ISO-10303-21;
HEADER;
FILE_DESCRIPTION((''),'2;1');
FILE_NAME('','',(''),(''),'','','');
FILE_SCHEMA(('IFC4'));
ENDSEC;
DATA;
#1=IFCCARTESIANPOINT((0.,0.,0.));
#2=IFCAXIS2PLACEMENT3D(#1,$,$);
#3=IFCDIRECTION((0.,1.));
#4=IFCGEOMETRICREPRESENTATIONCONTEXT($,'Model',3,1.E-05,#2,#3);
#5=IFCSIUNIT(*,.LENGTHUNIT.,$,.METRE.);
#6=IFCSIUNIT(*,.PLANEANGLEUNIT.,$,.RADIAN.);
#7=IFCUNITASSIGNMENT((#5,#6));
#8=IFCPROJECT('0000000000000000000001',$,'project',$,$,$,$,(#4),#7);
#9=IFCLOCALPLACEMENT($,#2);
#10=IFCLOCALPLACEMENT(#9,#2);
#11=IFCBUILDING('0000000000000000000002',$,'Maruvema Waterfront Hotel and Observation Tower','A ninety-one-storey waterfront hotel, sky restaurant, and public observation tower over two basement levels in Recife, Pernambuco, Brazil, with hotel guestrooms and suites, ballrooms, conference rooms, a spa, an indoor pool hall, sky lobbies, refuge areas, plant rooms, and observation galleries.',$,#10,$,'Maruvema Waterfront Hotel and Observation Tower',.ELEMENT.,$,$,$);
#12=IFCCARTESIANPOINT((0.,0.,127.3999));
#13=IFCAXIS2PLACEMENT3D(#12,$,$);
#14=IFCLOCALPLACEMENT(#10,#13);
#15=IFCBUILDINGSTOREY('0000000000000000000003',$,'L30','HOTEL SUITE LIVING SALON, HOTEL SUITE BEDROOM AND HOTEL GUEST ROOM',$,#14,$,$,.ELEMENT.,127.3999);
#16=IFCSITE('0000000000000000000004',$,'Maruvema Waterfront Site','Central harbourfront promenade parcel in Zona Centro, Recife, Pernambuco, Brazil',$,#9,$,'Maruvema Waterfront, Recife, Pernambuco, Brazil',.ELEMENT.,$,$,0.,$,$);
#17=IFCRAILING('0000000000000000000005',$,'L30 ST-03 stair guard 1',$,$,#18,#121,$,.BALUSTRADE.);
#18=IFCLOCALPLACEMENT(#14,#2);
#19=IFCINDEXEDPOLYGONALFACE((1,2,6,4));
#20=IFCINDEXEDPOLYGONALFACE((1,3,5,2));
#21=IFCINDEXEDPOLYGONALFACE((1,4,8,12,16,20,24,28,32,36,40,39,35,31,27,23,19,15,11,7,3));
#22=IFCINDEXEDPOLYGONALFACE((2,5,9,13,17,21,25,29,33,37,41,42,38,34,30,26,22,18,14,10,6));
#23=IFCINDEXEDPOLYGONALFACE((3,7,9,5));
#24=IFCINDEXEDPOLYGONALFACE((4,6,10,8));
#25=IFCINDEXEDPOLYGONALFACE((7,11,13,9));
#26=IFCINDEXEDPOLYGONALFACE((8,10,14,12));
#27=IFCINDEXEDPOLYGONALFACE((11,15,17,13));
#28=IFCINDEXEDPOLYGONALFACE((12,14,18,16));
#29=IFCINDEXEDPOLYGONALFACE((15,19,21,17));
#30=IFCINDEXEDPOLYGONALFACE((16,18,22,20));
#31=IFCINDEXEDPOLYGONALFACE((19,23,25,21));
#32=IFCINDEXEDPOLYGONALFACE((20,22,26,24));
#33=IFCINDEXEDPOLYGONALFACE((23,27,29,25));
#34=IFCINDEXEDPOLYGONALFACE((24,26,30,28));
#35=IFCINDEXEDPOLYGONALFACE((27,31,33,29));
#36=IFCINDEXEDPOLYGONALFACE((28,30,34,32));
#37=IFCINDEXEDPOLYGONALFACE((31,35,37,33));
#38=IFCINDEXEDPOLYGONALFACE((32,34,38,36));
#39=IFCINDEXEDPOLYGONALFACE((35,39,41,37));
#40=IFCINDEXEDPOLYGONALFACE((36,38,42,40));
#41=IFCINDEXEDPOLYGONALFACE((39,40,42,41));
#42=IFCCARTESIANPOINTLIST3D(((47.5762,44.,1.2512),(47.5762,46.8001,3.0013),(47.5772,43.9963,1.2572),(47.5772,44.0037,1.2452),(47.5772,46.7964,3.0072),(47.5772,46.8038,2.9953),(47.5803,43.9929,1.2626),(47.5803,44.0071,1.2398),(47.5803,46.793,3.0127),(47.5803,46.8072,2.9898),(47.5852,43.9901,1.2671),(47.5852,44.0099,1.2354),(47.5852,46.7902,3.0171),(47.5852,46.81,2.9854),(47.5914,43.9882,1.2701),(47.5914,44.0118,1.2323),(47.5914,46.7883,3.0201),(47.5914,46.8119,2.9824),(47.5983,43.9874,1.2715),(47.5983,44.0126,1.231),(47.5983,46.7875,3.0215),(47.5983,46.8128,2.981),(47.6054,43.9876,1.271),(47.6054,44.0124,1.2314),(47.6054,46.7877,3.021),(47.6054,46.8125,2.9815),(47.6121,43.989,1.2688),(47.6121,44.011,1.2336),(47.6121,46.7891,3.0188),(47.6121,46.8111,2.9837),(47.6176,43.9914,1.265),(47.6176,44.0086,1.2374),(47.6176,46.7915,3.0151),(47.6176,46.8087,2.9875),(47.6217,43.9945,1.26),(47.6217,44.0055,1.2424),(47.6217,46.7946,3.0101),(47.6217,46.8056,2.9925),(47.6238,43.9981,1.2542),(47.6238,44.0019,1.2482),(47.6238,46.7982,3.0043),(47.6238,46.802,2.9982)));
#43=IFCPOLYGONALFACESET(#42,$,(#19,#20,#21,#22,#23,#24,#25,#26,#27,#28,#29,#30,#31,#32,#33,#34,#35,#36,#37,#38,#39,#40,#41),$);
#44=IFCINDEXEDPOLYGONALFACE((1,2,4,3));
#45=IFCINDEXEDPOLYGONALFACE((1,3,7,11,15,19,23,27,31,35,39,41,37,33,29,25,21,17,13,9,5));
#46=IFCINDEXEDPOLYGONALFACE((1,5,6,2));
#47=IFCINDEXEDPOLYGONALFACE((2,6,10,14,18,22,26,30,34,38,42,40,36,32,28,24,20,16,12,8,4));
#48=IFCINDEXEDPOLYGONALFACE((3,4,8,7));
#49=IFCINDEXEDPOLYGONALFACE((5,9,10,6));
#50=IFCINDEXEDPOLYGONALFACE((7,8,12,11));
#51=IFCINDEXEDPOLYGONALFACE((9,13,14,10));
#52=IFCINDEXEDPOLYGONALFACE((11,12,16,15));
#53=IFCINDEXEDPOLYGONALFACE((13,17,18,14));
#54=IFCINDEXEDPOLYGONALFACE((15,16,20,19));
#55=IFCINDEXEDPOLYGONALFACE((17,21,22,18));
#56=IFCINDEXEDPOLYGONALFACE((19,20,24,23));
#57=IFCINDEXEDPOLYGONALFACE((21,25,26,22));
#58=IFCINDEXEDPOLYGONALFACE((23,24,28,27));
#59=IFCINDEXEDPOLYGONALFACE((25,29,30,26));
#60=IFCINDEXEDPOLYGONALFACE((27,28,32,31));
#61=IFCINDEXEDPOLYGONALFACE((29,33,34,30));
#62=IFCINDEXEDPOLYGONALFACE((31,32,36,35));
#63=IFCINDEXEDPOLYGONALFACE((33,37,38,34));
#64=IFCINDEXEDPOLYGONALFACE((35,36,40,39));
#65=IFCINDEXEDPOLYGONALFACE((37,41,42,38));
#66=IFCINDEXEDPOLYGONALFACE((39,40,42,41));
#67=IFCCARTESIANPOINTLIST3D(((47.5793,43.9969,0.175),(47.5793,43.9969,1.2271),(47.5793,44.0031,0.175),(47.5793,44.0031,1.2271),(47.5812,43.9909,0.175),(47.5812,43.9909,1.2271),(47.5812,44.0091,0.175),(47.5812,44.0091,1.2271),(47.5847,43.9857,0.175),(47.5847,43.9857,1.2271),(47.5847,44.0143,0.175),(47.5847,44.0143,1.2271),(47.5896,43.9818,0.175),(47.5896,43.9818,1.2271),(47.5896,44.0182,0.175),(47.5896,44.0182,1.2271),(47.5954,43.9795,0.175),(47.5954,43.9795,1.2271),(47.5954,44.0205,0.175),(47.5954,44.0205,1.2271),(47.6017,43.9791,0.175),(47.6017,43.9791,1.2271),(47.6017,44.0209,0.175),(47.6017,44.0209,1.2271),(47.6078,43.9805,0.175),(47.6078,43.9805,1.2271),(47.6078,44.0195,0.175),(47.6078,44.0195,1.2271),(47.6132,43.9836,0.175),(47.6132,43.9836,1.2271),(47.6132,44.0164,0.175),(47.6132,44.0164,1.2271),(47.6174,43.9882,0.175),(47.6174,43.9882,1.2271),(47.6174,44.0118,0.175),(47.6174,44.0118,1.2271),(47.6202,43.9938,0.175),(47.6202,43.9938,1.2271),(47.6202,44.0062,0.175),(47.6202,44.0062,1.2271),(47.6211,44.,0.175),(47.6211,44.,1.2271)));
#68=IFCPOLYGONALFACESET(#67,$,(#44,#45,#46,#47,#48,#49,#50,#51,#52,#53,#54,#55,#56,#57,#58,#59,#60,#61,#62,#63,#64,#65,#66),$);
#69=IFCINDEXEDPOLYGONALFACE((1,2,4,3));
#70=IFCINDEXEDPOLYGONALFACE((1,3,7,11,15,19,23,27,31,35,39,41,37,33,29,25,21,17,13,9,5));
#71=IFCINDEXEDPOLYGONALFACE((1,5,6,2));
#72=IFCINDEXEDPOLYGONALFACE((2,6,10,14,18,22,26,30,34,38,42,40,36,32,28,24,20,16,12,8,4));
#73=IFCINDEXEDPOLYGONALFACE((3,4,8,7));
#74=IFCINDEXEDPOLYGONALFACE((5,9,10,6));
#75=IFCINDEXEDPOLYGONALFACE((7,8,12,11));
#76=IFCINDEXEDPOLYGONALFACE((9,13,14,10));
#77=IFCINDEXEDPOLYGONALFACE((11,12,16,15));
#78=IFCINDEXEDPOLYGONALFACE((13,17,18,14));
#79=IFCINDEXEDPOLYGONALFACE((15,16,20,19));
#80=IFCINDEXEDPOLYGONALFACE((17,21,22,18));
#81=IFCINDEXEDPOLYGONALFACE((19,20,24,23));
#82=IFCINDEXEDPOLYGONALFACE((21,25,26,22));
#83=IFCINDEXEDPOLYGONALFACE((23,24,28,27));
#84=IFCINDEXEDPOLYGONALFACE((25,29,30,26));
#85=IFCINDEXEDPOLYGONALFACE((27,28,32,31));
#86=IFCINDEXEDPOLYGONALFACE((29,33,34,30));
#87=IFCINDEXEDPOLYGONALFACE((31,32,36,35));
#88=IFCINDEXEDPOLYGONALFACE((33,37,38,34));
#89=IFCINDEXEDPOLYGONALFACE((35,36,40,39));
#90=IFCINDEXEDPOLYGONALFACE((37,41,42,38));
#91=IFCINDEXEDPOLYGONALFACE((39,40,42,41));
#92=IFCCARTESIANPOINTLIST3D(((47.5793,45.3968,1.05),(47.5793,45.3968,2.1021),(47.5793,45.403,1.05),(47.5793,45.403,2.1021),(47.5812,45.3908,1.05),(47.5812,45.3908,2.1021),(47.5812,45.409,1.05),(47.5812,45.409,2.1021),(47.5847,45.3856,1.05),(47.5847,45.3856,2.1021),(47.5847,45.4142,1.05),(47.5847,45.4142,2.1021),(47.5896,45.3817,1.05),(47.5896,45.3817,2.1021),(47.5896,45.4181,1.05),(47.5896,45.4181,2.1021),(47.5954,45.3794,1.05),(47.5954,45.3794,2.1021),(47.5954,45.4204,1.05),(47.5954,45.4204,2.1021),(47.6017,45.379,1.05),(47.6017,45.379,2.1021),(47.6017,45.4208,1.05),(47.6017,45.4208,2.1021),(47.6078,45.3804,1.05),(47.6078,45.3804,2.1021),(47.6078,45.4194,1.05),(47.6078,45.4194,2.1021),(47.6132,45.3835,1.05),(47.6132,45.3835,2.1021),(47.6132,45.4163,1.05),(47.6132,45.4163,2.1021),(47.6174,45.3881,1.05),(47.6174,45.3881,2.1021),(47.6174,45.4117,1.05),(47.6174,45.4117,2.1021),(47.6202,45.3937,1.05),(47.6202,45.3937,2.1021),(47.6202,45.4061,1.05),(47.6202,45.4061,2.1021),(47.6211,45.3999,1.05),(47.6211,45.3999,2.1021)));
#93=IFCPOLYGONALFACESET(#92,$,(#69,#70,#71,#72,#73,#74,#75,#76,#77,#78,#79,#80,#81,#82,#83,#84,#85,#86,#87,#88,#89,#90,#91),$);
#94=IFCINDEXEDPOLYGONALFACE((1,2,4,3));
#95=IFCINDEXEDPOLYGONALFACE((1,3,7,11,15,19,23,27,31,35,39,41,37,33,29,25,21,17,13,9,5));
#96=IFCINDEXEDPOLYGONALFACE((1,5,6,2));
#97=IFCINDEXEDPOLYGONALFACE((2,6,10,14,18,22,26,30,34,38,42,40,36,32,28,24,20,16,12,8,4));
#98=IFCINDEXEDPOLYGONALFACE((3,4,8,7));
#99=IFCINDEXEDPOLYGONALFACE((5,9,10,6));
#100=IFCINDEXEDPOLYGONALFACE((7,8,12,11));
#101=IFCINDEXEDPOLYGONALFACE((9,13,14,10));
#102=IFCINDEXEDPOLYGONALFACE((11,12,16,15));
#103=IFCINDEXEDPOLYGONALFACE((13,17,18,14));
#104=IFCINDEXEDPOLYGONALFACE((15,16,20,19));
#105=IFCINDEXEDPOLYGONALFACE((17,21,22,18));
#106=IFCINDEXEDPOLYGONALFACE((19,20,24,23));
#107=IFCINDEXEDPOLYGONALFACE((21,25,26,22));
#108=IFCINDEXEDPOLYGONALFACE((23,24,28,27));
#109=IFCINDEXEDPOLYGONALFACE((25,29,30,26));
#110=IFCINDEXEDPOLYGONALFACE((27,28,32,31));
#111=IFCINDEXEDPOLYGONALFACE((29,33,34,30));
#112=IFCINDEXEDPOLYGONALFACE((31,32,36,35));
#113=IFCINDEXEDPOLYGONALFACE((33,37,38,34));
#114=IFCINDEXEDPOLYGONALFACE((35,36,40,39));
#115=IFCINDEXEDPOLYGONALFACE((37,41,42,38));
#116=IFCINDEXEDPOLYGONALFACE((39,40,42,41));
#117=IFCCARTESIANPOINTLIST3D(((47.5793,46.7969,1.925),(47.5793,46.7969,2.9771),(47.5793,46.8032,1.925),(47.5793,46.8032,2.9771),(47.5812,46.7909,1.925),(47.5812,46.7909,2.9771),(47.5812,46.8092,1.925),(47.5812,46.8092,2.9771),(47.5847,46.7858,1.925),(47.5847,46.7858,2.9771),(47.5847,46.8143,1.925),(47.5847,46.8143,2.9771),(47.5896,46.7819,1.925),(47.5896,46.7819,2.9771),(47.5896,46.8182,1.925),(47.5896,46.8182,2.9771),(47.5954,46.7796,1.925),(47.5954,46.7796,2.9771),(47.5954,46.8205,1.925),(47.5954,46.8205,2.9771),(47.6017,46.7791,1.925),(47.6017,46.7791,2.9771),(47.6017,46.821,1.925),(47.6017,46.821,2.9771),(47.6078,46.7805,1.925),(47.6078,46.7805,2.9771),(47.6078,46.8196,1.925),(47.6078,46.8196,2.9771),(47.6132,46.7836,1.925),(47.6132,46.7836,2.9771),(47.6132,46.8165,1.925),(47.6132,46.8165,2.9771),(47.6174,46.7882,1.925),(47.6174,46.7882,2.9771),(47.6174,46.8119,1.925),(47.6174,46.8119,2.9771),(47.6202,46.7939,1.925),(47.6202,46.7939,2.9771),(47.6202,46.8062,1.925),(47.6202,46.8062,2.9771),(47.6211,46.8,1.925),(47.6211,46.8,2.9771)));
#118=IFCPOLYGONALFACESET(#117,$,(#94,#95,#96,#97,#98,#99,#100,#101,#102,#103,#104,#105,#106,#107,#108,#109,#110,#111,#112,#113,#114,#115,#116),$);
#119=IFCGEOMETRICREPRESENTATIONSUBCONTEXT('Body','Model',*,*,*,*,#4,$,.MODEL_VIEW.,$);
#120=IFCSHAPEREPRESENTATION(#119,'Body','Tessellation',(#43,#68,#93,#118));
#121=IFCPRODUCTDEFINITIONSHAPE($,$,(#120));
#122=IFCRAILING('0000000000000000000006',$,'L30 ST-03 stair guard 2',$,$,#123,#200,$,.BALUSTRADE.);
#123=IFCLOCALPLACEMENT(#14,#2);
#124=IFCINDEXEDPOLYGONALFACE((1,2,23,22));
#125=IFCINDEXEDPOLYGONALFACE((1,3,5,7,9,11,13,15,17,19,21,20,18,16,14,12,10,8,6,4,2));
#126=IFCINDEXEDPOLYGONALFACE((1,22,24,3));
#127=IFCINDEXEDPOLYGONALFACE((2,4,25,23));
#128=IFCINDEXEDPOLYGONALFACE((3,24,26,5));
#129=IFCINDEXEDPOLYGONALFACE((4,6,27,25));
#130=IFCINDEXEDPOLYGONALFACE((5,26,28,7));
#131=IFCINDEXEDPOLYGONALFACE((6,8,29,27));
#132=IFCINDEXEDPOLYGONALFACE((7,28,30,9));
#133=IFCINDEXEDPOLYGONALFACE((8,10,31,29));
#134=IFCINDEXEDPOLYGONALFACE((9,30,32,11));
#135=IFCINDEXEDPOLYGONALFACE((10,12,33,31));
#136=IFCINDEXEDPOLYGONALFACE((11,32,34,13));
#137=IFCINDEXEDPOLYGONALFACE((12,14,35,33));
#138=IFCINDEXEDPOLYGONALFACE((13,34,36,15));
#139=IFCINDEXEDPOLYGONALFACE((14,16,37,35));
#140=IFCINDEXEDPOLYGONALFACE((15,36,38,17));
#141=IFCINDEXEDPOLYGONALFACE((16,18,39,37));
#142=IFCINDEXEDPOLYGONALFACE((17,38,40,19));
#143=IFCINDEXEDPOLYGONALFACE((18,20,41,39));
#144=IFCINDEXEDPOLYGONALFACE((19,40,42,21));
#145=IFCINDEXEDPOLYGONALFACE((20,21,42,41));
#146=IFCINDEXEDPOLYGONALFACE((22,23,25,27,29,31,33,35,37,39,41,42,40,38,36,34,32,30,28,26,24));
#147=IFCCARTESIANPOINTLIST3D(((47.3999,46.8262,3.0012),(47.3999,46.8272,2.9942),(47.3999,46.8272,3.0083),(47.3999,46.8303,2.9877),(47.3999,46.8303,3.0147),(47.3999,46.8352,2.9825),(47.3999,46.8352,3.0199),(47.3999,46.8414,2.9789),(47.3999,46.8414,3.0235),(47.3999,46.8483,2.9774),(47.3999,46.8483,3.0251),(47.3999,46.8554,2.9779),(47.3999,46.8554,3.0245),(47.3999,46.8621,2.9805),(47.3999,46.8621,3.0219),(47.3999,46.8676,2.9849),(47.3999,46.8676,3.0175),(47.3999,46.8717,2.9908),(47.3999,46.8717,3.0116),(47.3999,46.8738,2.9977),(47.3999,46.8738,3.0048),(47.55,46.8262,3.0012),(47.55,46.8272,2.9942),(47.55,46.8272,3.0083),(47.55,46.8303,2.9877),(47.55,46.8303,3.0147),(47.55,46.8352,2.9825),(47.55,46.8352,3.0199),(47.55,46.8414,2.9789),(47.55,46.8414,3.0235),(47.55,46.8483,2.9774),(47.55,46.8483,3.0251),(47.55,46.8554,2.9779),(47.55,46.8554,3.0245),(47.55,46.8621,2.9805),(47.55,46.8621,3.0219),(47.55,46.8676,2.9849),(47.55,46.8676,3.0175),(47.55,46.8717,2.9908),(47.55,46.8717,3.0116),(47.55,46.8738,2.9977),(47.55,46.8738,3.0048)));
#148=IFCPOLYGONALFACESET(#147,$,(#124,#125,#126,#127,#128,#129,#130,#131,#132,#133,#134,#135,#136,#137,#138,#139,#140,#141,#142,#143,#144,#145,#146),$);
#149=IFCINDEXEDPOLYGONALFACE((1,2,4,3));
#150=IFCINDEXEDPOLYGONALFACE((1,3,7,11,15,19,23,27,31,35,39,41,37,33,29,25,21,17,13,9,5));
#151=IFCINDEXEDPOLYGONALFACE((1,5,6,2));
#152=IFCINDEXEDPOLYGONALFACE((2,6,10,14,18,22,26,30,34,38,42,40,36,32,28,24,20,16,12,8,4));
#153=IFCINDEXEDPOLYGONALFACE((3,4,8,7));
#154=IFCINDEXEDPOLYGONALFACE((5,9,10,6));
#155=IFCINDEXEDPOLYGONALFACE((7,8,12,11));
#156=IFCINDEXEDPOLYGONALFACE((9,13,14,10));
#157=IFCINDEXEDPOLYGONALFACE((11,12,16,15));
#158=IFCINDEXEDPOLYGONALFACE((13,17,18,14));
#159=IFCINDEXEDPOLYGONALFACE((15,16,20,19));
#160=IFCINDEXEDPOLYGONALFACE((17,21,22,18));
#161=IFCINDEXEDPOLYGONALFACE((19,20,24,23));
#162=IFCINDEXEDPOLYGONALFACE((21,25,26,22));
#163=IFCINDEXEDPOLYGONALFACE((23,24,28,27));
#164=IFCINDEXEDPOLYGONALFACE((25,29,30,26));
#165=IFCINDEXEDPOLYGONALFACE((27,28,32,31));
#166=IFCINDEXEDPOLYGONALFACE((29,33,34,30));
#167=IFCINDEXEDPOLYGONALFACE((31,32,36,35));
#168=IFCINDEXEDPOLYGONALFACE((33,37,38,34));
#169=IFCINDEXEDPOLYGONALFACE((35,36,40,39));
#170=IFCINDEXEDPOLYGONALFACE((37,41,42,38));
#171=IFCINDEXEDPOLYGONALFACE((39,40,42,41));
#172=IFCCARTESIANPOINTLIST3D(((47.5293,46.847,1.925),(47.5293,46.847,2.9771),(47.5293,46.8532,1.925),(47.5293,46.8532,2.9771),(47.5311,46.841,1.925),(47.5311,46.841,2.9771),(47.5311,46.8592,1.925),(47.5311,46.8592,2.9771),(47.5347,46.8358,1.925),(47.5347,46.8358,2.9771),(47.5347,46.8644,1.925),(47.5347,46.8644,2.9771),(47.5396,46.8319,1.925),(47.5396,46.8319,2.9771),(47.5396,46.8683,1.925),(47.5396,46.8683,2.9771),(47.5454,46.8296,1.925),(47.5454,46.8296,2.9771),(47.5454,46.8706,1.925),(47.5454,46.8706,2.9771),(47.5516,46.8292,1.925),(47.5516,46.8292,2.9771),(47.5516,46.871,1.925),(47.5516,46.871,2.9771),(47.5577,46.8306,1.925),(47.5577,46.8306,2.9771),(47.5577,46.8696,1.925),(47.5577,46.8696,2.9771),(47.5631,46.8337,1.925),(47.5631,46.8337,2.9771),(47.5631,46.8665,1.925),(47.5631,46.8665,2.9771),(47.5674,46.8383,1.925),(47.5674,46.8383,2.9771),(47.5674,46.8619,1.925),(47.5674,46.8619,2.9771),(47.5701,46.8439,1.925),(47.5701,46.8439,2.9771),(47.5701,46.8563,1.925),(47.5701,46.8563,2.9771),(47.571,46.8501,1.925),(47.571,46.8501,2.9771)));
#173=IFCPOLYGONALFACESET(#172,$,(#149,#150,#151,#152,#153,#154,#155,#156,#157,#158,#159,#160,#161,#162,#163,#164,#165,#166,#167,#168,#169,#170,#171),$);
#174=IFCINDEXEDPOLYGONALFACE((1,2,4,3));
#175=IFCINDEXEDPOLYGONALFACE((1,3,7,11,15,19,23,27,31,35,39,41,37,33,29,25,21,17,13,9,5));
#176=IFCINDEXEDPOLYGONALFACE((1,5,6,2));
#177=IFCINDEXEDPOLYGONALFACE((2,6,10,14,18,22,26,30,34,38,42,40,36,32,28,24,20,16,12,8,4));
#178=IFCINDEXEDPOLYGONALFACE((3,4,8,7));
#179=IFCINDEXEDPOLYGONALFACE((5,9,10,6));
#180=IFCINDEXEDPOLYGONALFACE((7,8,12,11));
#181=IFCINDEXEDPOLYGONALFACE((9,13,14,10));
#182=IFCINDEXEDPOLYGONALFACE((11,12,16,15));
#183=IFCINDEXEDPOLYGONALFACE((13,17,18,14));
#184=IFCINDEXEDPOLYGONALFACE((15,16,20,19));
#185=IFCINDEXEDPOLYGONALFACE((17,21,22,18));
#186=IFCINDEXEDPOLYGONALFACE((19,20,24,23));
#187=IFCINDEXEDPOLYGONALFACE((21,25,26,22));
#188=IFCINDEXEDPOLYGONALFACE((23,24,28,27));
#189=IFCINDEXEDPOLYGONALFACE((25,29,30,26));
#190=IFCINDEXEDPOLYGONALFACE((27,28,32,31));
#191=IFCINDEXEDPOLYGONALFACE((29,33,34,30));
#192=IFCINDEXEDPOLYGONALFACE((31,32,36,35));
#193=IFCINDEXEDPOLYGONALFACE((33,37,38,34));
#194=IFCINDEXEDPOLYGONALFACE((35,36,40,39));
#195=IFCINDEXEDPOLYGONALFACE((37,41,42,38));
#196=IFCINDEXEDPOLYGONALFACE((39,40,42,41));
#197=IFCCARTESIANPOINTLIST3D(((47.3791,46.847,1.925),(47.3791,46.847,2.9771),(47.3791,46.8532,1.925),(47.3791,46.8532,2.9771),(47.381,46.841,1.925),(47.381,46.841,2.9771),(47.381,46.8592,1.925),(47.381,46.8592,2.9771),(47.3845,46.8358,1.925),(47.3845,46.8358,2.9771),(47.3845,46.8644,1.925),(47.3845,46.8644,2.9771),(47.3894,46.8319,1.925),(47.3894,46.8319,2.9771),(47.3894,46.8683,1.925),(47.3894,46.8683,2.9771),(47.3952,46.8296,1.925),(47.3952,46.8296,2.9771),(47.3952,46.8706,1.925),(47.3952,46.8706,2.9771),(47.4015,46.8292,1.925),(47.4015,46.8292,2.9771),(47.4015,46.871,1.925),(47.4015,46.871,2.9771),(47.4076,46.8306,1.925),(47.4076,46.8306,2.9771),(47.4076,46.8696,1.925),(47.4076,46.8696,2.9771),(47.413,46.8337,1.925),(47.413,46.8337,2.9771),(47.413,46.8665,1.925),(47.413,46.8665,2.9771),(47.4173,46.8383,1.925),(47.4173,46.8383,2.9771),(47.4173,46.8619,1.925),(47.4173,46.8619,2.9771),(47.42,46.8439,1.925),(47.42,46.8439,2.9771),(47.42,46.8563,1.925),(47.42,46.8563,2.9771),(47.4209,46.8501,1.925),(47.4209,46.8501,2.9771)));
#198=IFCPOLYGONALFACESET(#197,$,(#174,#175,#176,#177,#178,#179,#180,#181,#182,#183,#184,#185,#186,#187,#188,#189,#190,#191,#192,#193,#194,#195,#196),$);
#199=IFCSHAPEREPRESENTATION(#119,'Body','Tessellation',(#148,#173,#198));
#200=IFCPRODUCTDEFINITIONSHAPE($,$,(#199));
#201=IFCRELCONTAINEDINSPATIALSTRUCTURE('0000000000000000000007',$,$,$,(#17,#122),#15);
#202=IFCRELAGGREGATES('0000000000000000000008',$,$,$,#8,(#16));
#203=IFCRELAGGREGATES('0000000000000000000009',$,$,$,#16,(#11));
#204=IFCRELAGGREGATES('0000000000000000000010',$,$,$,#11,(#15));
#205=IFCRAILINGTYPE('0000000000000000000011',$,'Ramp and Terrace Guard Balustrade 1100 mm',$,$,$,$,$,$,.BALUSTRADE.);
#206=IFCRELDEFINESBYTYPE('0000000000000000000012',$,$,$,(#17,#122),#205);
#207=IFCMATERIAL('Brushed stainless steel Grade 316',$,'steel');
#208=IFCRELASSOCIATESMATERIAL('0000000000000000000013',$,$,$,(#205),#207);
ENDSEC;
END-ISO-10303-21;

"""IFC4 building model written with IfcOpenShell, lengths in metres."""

from ifc_helpers import new_model, si_unit, direction, frame, origin, origin_2d, place, context, subcontext, project, spatial, circle, extrude, material, type_object, element, save


model = new_model("IFC4")

# Units and contexts
model_context = context("Model", 3, precision=1e-05, world=origin(), true_north=direction((0.0, 1.0)))
body_context = subcontext(model_context, "Body", "Model", "MODEL_VIEW")
ifc_project = project(units=[si_unit("LENGTHUNIT", "METRE"), si_unit("PLANEANGLEUNIT", "RADIAN")], contexts=[model_context])

# Site, building, storey
site_placement = place(None, origin())
site = spatial("IfcSite", under=ifc_project, at=site_placement, Name="Maruvema Waterfront Site", Description="Central harbourfront promenade parcel in Zona Centro, Recife, Pernambuco, Brazil", LongName="Maruvema Waterfront, Recife, Pernambuco, Brazil", CompositionType="ELEMENT", RefElevation=0.0)
building_placement = place(site_placement, origin())
building = spatial("IfcBuilding", under=site, at=building_placement, Name="Maruvema Waterfront Hotel and Observation Tower", Description="A ninety-one-storey waterfront hotel, sky restaurant, and public observation tower over two basement levels in Recife, Pernambuco, Brazil, with hotel guestrooms and suites, ballrooms, conference rooms, a spa, an indoor pool hall, sky lobbies, refuge areas, plant rooms, and observation galleries.", LongName="Maruvema Waterfront Hotel and Observation Tower", CompositionType="ELEMENT")
storey_placement = place(building_placement, frame((0.0, 0.0, 127.3999)))
storey = spatial("IfcBuildingStorey", under=building, at=storey_placement, Name="L30", Description="HOTEL SUITE LIVING SALON, HOTEL SUITE BEDROOM AND HOTEL GUEST ROOM", CompositionType="ELEMENT", Elevation=127.3999)

# Railings
ifc_material_1 = material(Name="Brushed stainless steel Grade 316", Category="steel")
railing_type_1 = type_object("IfcRailingType", Name="Ramp and Terrace Guard Balustrade 1100 mm", PredefinedType="BALUSTRADE", material=ifc_material_1)
railing_1_placement = place(storey_placement, frame((47.6001, 44.0, 0.175)))
element("IfcRailing", 1, at=railing_1_placement, inside=storey, type_object=railing_type_1, Name="L30 ST-03 stair guard 1", PredefinedType="BALUSTRADE", context=body_context, shape_type="SweptSolid", body=[
    extrude(circle(Radius=0.0239, at=origin_2d()), frame((0.0, 0.0, 1.0762), z_axis=(0.0, 0.848002, 0.529992), x_axis=(-1.0, 0.0, 0.0)), (0.0, 0.0, 1.0), 3.302),
    extrude(circle(Radius=0.021, at=origin_2d()), origin(), (0.0, 0.0, 1.0), 1.052),
    extrude(circle(Radius=0.021, at=origin_2d()), frame((0.0, 1.3999, 0.875)), (0.0, 0.0, 1.0), 1.052),
    extrude(circle(Radius=0.021, at=origin_2d()), frame((0.0, 2.8, 1.75)), (0.0, 0.0, 1.0), 1.052),
])
railing_2_placement = place(storey_placement, frame((47.55, 46.8501, 1.925)))
element("IfcRailing", 2, at=railing_2_placement, inside=storey, type_object=railing_type_1, Name="L30 ST-03 stair guard 2", PredefinedType="BALUSTRADE", context=body_context, shape_type="SweptSolid", body=[
    extrude(circle(Radius=0.0239, at=origin_2d()), frame((0.0, 0.0, 1.0762), z_axis=(-1.0, 0.0, 0.0), x_axis=(0.0, -1.0, 0.0)), (0.0, 0.0, 1.0), 0.1501),
    extrude(circle(Radius=0.021, at=origin_2d()), origin(), (0.0, 0.0, 1.0), 1.052),
    extrude(circle(Radius=0.021, at=origin_2d()), frame((-0.1501, 0.0, 0.0)), (0.0, 0.0, 1.0), 1.052),
])

save(model, "model.ifc")
